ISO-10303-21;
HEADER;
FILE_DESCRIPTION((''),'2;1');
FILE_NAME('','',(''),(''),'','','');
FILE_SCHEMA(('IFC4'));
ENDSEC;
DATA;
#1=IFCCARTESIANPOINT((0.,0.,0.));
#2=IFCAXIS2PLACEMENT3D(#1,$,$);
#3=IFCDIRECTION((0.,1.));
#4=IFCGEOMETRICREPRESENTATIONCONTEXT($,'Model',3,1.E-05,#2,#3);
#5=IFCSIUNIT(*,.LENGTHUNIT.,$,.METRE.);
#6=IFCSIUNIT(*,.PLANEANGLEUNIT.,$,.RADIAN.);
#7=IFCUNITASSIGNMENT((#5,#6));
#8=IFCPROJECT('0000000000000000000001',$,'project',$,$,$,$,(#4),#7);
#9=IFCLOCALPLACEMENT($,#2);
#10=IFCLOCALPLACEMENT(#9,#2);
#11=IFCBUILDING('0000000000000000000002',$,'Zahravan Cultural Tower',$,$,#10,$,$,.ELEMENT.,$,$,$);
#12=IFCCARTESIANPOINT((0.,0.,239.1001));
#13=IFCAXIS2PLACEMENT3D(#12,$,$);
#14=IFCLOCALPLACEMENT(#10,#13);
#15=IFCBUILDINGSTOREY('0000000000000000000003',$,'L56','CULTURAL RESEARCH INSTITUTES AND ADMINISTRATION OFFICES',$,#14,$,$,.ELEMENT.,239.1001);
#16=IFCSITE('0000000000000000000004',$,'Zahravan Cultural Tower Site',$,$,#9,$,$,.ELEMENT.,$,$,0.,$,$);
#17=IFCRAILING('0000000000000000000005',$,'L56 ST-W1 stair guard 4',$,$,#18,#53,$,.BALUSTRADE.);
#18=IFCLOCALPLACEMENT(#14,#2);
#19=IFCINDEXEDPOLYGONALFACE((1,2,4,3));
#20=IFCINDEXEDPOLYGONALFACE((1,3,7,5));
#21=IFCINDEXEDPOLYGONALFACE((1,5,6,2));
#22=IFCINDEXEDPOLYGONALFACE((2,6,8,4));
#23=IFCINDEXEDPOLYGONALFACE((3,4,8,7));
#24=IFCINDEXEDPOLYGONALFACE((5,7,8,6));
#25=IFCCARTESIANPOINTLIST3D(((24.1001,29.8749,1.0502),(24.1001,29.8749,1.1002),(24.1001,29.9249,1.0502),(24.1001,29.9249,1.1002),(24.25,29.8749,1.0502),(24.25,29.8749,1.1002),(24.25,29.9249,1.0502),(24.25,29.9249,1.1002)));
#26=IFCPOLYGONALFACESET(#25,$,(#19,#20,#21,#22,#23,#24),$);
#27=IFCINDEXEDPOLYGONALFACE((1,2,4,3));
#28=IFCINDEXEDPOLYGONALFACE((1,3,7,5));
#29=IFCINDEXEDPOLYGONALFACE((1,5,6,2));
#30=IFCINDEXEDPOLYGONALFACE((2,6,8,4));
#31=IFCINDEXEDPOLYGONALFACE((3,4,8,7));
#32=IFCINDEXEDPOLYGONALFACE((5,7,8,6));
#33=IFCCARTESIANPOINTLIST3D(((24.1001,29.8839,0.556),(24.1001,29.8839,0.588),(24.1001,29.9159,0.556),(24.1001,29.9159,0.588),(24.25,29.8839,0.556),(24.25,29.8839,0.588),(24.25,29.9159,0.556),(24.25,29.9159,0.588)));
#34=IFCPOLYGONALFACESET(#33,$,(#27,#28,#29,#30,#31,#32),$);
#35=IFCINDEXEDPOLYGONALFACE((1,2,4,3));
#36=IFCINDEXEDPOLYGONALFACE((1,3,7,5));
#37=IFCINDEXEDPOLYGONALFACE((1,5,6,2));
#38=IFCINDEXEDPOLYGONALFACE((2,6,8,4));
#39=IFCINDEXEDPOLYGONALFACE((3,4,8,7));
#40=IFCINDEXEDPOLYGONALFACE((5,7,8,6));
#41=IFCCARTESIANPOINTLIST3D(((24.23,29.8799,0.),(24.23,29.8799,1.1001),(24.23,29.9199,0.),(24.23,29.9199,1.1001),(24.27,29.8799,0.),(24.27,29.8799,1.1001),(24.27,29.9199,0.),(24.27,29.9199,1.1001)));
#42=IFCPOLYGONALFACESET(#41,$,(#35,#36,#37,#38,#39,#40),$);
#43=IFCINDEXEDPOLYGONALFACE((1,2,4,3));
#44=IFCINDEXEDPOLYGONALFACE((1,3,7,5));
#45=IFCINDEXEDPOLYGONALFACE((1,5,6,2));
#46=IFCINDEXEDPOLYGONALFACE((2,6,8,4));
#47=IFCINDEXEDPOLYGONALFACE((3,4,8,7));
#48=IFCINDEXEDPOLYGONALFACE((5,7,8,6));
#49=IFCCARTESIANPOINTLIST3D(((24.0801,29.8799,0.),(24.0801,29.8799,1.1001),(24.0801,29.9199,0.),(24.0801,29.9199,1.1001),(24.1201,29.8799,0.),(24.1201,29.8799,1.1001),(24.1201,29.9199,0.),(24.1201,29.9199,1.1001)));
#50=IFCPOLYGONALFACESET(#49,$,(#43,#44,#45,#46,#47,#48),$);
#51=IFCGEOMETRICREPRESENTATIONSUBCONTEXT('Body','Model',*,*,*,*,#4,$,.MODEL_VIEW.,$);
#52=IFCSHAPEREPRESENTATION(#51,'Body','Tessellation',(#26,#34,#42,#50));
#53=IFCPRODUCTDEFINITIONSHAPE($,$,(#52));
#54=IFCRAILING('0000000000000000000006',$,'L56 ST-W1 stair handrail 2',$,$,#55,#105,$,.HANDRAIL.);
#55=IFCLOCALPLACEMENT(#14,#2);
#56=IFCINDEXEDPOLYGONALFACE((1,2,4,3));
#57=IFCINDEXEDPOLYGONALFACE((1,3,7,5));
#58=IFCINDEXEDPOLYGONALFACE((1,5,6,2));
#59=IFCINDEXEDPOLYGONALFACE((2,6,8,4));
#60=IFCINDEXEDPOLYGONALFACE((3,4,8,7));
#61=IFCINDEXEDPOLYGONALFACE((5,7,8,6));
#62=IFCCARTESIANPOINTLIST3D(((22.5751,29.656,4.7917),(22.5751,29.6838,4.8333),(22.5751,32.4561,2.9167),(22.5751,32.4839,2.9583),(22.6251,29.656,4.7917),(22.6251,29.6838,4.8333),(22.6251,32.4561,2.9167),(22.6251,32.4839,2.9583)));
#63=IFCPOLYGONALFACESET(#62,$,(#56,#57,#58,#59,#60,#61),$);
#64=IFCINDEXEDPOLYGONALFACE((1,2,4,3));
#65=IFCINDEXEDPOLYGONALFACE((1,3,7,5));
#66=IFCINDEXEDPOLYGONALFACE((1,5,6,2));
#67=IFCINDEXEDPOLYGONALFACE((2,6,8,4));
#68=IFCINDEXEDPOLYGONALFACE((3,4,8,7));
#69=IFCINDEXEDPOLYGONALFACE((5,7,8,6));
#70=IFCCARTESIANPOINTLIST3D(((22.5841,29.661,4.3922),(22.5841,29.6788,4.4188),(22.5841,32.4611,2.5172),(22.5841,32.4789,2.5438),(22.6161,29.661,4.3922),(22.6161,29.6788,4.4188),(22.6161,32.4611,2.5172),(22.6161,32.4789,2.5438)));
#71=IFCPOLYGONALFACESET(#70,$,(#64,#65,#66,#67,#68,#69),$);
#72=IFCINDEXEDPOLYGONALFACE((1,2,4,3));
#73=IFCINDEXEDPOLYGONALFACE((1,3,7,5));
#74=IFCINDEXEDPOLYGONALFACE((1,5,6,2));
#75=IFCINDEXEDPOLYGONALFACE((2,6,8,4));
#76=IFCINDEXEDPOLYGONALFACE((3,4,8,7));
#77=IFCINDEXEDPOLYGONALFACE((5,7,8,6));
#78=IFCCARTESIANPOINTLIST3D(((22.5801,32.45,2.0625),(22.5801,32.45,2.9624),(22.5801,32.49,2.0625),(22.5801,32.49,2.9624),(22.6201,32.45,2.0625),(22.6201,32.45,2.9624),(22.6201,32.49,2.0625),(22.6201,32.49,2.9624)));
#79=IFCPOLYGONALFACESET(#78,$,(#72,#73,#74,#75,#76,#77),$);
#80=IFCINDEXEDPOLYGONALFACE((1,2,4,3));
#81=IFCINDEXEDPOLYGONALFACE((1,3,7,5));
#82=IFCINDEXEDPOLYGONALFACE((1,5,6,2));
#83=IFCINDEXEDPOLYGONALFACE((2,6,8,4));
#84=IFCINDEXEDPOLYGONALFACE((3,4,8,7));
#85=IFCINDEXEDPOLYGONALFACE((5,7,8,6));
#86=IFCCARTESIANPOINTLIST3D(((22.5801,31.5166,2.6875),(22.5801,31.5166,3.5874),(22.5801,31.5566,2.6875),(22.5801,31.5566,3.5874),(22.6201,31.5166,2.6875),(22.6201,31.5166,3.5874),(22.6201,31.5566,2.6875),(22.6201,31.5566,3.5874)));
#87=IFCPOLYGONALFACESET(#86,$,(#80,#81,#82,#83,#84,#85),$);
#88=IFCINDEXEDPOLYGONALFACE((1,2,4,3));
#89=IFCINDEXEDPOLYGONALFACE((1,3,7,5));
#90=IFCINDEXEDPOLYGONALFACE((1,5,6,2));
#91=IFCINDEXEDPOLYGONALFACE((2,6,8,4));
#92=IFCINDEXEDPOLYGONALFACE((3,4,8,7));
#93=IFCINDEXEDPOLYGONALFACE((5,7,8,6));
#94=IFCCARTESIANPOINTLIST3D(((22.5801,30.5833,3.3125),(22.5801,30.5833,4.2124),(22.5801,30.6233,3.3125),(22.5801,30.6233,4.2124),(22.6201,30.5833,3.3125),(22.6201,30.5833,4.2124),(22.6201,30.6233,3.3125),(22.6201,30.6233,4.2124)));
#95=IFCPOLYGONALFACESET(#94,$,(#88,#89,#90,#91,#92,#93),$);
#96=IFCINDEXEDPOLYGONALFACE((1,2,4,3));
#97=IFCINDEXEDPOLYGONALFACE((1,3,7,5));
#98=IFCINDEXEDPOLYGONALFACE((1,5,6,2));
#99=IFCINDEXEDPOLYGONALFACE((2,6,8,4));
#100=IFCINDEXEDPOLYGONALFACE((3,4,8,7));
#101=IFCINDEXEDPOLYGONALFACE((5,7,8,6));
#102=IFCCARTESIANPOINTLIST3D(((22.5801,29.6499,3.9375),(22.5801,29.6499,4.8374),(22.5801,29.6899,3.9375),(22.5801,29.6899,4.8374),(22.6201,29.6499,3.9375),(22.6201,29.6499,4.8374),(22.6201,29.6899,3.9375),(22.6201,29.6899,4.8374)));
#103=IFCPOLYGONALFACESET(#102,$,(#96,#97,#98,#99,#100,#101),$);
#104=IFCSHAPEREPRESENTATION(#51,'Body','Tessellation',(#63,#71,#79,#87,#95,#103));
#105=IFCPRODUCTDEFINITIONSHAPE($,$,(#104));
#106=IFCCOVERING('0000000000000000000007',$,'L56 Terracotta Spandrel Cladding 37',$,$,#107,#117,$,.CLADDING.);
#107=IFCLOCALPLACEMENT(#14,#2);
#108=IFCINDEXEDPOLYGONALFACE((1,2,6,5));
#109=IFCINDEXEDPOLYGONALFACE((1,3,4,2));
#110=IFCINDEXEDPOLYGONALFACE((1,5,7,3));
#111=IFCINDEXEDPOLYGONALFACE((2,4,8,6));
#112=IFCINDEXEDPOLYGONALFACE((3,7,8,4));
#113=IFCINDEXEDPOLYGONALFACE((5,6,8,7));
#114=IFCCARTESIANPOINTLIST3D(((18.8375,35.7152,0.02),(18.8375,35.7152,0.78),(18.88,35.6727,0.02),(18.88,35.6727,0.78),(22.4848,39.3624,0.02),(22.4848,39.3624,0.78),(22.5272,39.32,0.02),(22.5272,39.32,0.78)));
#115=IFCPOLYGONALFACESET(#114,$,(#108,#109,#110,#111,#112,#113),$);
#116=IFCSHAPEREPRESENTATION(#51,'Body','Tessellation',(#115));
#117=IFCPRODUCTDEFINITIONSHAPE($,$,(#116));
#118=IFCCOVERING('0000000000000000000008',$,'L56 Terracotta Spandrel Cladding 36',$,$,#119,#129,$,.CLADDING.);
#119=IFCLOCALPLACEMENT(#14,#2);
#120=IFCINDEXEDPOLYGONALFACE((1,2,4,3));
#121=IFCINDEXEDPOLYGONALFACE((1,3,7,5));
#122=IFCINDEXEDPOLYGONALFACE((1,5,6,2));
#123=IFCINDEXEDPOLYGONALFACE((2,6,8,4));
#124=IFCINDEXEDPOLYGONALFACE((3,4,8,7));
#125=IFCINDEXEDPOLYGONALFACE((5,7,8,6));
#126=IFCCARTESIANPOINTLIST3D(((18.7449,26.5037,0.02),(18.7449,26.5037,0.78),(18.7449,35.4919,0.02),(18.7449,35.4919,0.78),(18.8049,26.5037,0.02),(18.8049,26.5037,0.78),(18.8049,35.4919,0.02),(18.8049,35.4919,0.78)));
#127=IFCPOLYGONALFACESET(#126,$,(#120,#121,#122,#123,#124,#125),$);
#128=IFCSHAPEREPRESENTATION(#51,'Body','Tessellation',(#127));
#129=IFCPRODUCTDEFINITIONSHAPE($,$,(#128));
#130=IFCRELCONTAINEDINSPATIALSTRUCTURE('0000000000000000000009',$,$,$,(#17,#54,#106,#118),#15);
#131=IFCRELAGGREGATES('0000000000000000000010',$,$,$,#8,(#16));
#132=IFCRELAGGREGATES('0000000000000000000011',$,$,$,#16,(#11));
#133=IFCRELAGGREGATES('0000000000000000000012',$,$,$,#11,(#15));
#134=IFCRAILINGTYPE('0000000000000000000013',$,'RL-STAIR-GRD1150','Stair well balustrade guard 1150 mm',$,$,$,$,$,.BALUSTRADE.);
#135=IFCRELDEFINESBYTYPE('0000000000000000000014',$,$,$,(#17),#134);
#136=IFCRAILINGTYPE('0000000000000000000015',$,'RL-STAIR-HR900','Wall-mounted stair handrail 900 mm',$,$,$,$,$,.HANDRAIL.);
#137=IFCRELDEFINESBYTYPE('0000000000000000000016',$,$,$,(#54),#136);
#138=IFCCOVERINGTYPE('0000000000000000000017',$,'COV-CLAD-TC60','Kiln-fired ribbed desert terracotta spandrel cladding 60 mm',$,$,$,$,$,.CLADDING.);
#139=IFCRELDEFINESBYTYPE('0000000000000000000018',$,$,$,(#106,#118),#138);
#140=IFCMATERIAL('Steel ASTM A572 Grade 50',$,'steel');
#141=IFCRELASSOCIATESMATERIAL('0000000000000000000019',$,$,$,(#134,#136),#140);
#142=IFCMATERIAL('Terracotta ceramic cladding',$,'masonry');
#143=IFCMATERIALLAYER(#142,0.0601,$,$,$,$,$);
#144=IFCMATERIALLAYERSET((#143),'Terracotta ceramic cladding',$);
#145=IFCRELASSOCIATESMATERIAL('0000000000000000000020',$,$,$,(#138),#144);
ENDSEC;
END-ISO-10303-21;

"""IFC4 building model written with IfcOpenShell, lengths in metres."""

from ifc_helpers import new_model, si_unit, direction, frame, origin, origin_2d, place, context, subcontext, project, spatial, rectangle, extrude, source, transform, mapped, material, layer, layer_set, type_object, element, save


model = new_model("IFC4")

# Units and contexts
model_context = context("Model", 3, precision=1e-05, world=origin(), true_north=direction((0.0, 1.0)))
body_context = subcontext(model_context, "Body", "Model", "MODEL_VIEW")
ifc_project = project(units=[si_unit("LENGTHUNIT", "METRE"), si_unit("PLANEANGLEUNIT", "RADIAN")], contexts=[model_context])

# Site, building, storey
site_placement = place(None, origin())
site = spatial("IfcSite", under=ifc_project, at=site_placement, Name="Zahravan Cultural Tower Site", CompositionType="ELEMENT", RefElevation=0.0)
building_placement = place(site_placement, origin())
building = spatial("IfcBuilding", under=site, at=building_placement, Name="Zahravan Cultural Tower", CompositionType="ELEMENT")
storey_placement = place(building_placement, frame((0.0, 0.0, 239.1001)))
storey = spatial("IfcBuildingStorey", under=building, at=storey_placement, Name="L56", Description="CULTURAL RESEARCH INSTITUTES AND ADMINISTRATION OFFICES", CompositionType="ELEMENT", Elevation=239.1001)

# Railings
ifc_material_1 = material(Name="Steel ASTM A572 Grade 50", Category="steel")
railing_type_1 = type_object("IfcRailingType", Name="RL-STAIR-GRD1150", Description="Stair well balustrade guard 1150 mm", PredefinedType="BALUSTRADE", material=ifc_material_1)
railing_1_placement = place(storey_placement, frame((24.25, 29.8999, 0.0)))
element("IfcRailing", 1, at=railing_1_placement, inside=storey, type_object=railing_type_1, Name="L56 ST-W1 stair guard 4", PredefinedType="BALUSTRADE", context=body_context, shape_type="SweptSolid", body=[
    extrude(rectangle(XDim=0.05, YDim=0.05, at=origin_2d()), frame((0.0, 0.0, 1.0752), z_axis=(-1.0, 0.0, 0.0), x_axis=(0.0, -1.0, 0.0)), (0.0, 0.0, 1.0), 0.1499),
    extrude(rectangle(XDim=0.032, YDim=0.032, at=origin_2d()), frame((0.0, 0.0, 0.572), z_axis=(-1.0, 0.0, 0.0), x_axis=(0.0, -1.0, 0.0)), (0.0, 0.0, 1.0), 0.1499),
    extrude(rectangle(XDim=0.04, YDim=0.04, at=origin_2d()), origin(), (0.0, 0.0, 1.0), 1.1001),
    extrude(rectangle(XDim=0.04, YDim=0.04, at=origin_2d()), frame((-0.1499, 0.0, 0.0)), (0.0, 0.0, 1.0), 1.1001),
])
railing_type_2 = type_object("IfcRailingType", Name="RL-STAIR-HR900", Description="Wall-mounted stair handrail 900 mm", PredefinedType="HANDRAIL", material=ifc_material_1)
railing_2_placement = place(storey_placement, frame((22.6001, 32.47, 2.0625)))
element("IfcRailing", 2, at=railing_2_placement, inside=storey, type_object=railing_type_2, Name="L56 ST-W1 stair handrail 2", PredefinedType="HANDRAIL", context=body_context, shape_type="SweptSolid", body=[
    extrude(rectangle(XDim=0.05, YDim=0.05, at=origin_2d()), frame((0.0, 0.0, 0.875), z_axis=(0.0, -0.830912, 0.556404), x_axis=(1.0, 0.0, 0.0)), (0.0, 0.0, 1.0), 3.3699),
    extrude(rectangle(XDim=0.032, YDim=0.032, at=origin_2d()), frame((0.0, 0.0, 0.468), z_axis=(0.0, -0.830912, 0.556404), x_axis=(1.0, 0.0, 0.0)), (0.0, 0.0, 1.0), 3.3699),
    extrude(rectangle(XDim=0.04, YDim=0.04, at=origin_2d()), origin(), (0.0, 0.0, 1.0), 0.8999),
    extrude(rectangle(XDim=0.04, YDim=0.04, at=origin_2d()), frame((0.0, -0.9333, 0.625)), (0.0, 0.0, 1.0), 0.8999),
    extrude(rectangle(XDim=0.04, YDim=0.04, at=origin_2d()), frame((0.0, -1.8667, 1.25)), (0.0, 0.0, 1.0), 0.8999),
    extrude(rectangle(XDim=0.04, YDim=0.04, at=origin_2d()), frame((0.0, -2.8, 1.875)), (0.0, 0.0, 1.0), 0.8999),
])

# Coverings
ifc_material_2 = material(Name="Terracotta ceramic cladding", Category="masonry")
ifc_layer_1 = layer(ifc_material_2, 0.0601)
ifc_layer_set_1 = layer_set([ifc_layer_1], Name="Terracotta ceramic cladding")
covering_type = type_object("IfcCoveringType", Name="COV-CLAD-TC60", Description="Kiln-fired ribbed desert terracotta spandrel cladding 60 mm", PredefinedType="CLADDING", material=ifc_layer_set_1)
shared_shape_1 = source(origin(), body_context, "Body", "SweptSolid", [
    extrude(rectangle(XDim=5.158, YDim=0.0601, at=origin_2d()), origin(), (0.0, 0.0, 1.0), 0.76),
])
covering_1_placement = place(storey_placement, frame((20.6824, 37.5176, 0.02), z_axis=(0.0, 0.0, 1.0), x_axis=(0.707107, 0.707107, 0.0)))
element("IfcCovering", 3, at=covering_1_placement, inside=storey, type_object=covering_type, Name="L56 Terracotta Spandrel Cladding 37", PredefinedType="CLADDING", context=body_context, shape_type="MappedRepresentation", body=[
    mapped(shared_shape_1, transform((0.0, 0.0, 0.0), x_axis=(1.0, 0.0, 0.0), y_axis=(0.0, 1.0, 0.0), z_axis=(0.0, 0.0, 1.0), scale=1.0)),
])
shared_shape_2 = source(origin(), body_context, "Body", "SweptSolid", [
    extrude(rectangle(XDim=8.9883, YDim=0.0601, at=origin_2d()), origin(), (0.0, 0.0, 1.0), 0.76),
])
covering_2_placement = place(storey_placement, frame((18.7749, 30.9978, 0.02), z_axis=(0.0, 0.0, 1.0), x_axis=(0.0, 1.0, 0.0)))
element("IfcCovering", 4, at=covering_2_placement, inside=storey, type_object=covering_type, Name="L56 Terracotta Spandrel Cladding 36", PredefinedType="CLADDING", context=body_context, shape_type="MappedRepresentation", body=[
    mapped(shared_shape_2, transform((0.0, 0.0, 0.0), x_axis=(1.0, 0.0, 0.0), y_axis=(0.0, 1.0, 0.0), z_axis=(0.0, 0.0, 1.0), scale=1.0)),
])

save(model, "model.ifc")
